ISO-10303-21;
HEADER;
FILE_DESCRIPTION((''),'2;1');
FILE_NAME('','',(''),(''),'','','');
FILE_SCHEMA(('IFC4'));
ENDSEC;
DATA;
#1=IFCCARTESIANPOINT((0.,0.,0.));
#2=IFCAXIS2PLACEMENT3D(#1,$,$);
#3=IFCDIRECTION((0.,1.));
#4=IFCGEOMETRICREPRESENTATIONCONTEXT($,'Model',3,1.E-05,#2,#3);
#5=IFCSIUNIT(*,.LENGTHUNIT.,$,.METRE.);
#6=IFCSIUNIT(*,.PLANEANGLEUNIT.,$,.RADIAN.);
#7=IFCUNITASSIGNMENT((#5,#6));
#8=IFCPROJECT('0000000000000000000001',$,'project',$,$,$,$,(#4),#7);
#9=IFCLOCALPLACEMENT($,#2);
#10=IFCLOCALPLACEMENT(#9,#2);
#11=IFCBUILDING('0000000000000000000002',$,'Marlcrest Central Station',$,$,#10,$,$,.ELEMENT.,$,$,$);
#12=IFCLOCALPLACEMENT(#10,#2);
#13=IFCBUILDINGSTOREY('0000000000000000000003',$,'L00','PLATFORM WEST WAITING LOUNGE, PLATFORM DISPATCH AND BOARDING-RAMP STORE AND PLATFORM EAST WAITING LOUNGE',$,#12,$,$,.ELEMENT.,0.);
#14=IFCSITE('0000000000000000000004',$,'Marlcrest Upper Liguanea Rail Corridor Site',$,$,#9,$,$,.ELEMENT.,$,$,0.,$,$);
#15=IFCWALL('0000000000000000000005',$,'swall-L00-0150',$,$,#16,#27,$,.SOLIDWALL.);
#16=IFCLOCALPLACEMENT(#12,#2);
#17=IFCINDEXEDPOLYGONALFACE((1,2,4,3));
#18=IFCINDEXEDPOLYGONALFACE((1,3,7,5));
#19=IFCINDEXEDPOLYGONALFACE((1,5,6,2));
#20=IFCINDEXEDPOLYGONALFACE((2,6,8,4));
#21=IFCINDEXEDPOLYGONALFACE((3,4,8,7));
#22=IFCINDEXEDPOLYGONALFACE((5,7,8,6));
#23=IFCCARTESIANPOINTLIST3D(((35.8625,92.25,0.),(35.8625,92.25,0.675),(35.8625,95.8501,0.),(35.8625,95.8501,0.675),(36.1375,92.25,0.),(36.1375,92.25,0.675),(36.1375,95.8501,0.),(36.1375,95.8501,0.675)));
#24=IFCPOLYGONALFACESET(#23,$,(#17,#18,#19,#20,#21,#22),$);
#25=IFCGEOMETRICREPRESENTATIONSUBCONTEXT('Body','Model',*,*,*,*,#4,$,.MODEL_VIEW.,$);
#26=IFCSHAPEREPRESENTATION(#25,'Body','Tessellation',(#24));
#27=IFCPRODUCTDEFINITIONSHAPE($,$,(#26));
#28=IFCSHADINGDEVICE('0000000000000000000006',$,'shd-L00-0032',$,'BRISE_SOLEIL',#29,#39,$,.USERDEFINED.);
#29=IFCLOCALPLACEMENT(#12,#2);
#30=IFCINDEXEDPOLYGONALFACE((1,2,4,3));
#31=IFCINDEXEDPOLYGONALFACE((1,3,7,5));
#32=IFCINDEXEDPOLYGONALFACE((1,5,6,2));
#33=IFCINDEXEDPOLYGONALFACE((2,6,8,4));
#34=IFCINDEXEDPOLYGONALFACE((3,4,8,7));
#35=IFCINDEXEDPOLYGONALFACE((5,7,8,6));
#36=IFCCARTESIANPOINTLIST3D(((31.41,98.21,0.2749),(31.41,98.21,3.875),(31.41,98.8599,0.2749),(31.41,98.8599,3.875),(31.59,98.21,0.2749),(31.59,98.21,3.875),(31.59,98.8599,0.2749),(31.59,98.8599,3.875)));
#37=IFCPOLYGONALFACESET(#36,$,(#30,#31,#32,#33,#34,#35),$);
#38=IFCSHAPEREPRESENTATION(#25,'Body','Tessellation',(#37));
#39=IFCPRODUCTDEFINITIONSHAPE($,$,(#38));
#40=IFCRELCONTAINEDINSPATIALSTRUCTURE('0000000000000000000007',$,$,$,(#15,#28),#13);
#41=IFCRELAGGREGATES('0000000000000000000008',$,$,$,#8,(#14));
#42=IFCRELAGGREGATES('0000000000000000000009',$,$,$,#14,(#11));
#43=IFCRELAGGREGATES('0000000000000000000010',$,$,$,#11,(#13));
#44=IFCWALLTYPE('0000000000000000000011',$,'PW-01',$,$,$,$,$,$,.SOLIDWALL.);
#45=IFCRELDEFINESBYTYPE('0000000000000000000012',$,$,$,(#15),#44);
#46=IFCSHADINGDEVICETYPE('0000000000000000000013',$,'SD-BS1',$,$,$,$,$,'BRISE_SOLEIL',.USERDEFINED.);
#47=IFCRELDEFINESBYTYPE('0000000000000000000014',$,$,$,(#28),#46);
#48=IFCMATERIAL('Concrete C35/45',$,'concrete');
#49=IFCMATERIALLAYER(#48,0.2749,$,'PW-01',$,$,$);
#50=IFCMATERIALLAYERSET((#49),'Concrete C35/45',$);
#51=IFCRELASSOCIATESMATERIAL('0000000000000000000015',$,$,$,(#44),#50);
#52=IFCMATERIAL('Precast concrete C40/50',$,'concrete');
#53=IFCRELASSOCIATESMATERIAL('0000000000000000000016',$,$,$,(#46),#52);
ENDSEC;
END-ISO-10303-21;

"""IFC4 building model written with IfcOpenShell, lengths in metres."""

from ifc_helpers import new_model, si_unit, direction, frame, frame_2d, origin, origin_2d, place, context, subcontext, project, spatial, rectangle, extrude, material, layer, layer_set, type_object, element, save


model = new_model("IFC4")

# Units and contexts
model_context = context("Model", 3, precision=1e-05, world=origin(), true_north=direction((0.0, 1.0)))
body_context = subcontext(model_context, "Body", "Model", "MODEL_VIEW")
ifc_project = project(units=[si_unit("LENGTHUNIT", "METRE"), si_unit("PLANEANGLEUNIT", "RADIAN")], contexts=[model_context])

# Site, building, storey
site_placement = place(None, origin())
site = spatial("IfcSite", under=ifc_project, at=site_placement, Name="Marlcrest Upper Liguanea Rail Corridor Site", CompositionType="ELEMENT", RefElevation=0.0)
building_placement = place(site_placement, origin())
building = spatial("IfcBuilding", under=site, at=building_placement, Name="Marlcrest Central Station", CompositionType="ELEMENT")
storey_placement = place(building_placement, origin())
storey = spatial("IfcBuildingStorey", under=building, at=storey_placement, Name="L00", Description="PLATFORM WEST WAITING LOUNGE, PLATFORM DISPATCH AND BOARDING-RAMP STORE AND PLATFORM EAST WAITING LOUNGE", CompositionType="ELEMENT", Elevation=0.0)

# Shared definitions
ifc_material_1 = material(Name="Concrete C35/45", Category="concrete")

# Wall
ifc_layer = layer(ifc_material_1, 0.2749, Name="PW-01")
ifc_layer_set = layer_set([ifc_layer], Name="Concrete C35/45")
wall_type = type_object("IfcWallType", Name="PW-01", PredefinedType="SOLIDWALL", material=ifc_layer_set)
wall_placement = place(storey_placement, frame((36.0, 92.25, 0.0), z_axis=(0.0, 0.0, 1.0), x_axis=(0.0, 1.0, 0.0)))
element("IfcWall", 1, at=wall_placement, inside=storey, type_object=wall_type, Name="swall-L00-0150", PredefinedType="SOLIDWALL", context=body_context, shape_type="SweptSolid", body=[
    extrude(rectangle(XDim=3.6001, YDim=0.2749, at=frame_2d((1.8, 0.0))), origin(), (0.0, 0.0, 1.0), 0.675),
])

# Shading device
ifc_material_2 = material(Name="Precast concrete C40/50", Category="concrete")
shading_device_type = type_object("IfcShadingDeviceType", Name="SD-BS1", ElementType="BRISE_SOLEIL", PredefinedType="USERDEFINED", material=ifc_material_2)
shading_device_placement = place(storey_placement, frame((31.5, 98.5349, 0.2749), z_axis=(0.0, 0.0, 1.0), x_axis=(1.0, 0.0, 0.0)))
element("IfcShadingDevice", 2, at=shading_device_placement, inside=storey, type_object=shading_device_type, Name="shd-L00-0032", ObjectType="BRISE_SOLEIL", PredefinedType="USERDEFINED", context=body_context, shape_type="SweptSolid", body=[
    extrude(rectangle(XDim=0.1799, YDim=0.6499, at=origin_2d()), origin(), (0.0, 0.0, 1.0), 3.6001),
])

save(model, "model.ifc")
